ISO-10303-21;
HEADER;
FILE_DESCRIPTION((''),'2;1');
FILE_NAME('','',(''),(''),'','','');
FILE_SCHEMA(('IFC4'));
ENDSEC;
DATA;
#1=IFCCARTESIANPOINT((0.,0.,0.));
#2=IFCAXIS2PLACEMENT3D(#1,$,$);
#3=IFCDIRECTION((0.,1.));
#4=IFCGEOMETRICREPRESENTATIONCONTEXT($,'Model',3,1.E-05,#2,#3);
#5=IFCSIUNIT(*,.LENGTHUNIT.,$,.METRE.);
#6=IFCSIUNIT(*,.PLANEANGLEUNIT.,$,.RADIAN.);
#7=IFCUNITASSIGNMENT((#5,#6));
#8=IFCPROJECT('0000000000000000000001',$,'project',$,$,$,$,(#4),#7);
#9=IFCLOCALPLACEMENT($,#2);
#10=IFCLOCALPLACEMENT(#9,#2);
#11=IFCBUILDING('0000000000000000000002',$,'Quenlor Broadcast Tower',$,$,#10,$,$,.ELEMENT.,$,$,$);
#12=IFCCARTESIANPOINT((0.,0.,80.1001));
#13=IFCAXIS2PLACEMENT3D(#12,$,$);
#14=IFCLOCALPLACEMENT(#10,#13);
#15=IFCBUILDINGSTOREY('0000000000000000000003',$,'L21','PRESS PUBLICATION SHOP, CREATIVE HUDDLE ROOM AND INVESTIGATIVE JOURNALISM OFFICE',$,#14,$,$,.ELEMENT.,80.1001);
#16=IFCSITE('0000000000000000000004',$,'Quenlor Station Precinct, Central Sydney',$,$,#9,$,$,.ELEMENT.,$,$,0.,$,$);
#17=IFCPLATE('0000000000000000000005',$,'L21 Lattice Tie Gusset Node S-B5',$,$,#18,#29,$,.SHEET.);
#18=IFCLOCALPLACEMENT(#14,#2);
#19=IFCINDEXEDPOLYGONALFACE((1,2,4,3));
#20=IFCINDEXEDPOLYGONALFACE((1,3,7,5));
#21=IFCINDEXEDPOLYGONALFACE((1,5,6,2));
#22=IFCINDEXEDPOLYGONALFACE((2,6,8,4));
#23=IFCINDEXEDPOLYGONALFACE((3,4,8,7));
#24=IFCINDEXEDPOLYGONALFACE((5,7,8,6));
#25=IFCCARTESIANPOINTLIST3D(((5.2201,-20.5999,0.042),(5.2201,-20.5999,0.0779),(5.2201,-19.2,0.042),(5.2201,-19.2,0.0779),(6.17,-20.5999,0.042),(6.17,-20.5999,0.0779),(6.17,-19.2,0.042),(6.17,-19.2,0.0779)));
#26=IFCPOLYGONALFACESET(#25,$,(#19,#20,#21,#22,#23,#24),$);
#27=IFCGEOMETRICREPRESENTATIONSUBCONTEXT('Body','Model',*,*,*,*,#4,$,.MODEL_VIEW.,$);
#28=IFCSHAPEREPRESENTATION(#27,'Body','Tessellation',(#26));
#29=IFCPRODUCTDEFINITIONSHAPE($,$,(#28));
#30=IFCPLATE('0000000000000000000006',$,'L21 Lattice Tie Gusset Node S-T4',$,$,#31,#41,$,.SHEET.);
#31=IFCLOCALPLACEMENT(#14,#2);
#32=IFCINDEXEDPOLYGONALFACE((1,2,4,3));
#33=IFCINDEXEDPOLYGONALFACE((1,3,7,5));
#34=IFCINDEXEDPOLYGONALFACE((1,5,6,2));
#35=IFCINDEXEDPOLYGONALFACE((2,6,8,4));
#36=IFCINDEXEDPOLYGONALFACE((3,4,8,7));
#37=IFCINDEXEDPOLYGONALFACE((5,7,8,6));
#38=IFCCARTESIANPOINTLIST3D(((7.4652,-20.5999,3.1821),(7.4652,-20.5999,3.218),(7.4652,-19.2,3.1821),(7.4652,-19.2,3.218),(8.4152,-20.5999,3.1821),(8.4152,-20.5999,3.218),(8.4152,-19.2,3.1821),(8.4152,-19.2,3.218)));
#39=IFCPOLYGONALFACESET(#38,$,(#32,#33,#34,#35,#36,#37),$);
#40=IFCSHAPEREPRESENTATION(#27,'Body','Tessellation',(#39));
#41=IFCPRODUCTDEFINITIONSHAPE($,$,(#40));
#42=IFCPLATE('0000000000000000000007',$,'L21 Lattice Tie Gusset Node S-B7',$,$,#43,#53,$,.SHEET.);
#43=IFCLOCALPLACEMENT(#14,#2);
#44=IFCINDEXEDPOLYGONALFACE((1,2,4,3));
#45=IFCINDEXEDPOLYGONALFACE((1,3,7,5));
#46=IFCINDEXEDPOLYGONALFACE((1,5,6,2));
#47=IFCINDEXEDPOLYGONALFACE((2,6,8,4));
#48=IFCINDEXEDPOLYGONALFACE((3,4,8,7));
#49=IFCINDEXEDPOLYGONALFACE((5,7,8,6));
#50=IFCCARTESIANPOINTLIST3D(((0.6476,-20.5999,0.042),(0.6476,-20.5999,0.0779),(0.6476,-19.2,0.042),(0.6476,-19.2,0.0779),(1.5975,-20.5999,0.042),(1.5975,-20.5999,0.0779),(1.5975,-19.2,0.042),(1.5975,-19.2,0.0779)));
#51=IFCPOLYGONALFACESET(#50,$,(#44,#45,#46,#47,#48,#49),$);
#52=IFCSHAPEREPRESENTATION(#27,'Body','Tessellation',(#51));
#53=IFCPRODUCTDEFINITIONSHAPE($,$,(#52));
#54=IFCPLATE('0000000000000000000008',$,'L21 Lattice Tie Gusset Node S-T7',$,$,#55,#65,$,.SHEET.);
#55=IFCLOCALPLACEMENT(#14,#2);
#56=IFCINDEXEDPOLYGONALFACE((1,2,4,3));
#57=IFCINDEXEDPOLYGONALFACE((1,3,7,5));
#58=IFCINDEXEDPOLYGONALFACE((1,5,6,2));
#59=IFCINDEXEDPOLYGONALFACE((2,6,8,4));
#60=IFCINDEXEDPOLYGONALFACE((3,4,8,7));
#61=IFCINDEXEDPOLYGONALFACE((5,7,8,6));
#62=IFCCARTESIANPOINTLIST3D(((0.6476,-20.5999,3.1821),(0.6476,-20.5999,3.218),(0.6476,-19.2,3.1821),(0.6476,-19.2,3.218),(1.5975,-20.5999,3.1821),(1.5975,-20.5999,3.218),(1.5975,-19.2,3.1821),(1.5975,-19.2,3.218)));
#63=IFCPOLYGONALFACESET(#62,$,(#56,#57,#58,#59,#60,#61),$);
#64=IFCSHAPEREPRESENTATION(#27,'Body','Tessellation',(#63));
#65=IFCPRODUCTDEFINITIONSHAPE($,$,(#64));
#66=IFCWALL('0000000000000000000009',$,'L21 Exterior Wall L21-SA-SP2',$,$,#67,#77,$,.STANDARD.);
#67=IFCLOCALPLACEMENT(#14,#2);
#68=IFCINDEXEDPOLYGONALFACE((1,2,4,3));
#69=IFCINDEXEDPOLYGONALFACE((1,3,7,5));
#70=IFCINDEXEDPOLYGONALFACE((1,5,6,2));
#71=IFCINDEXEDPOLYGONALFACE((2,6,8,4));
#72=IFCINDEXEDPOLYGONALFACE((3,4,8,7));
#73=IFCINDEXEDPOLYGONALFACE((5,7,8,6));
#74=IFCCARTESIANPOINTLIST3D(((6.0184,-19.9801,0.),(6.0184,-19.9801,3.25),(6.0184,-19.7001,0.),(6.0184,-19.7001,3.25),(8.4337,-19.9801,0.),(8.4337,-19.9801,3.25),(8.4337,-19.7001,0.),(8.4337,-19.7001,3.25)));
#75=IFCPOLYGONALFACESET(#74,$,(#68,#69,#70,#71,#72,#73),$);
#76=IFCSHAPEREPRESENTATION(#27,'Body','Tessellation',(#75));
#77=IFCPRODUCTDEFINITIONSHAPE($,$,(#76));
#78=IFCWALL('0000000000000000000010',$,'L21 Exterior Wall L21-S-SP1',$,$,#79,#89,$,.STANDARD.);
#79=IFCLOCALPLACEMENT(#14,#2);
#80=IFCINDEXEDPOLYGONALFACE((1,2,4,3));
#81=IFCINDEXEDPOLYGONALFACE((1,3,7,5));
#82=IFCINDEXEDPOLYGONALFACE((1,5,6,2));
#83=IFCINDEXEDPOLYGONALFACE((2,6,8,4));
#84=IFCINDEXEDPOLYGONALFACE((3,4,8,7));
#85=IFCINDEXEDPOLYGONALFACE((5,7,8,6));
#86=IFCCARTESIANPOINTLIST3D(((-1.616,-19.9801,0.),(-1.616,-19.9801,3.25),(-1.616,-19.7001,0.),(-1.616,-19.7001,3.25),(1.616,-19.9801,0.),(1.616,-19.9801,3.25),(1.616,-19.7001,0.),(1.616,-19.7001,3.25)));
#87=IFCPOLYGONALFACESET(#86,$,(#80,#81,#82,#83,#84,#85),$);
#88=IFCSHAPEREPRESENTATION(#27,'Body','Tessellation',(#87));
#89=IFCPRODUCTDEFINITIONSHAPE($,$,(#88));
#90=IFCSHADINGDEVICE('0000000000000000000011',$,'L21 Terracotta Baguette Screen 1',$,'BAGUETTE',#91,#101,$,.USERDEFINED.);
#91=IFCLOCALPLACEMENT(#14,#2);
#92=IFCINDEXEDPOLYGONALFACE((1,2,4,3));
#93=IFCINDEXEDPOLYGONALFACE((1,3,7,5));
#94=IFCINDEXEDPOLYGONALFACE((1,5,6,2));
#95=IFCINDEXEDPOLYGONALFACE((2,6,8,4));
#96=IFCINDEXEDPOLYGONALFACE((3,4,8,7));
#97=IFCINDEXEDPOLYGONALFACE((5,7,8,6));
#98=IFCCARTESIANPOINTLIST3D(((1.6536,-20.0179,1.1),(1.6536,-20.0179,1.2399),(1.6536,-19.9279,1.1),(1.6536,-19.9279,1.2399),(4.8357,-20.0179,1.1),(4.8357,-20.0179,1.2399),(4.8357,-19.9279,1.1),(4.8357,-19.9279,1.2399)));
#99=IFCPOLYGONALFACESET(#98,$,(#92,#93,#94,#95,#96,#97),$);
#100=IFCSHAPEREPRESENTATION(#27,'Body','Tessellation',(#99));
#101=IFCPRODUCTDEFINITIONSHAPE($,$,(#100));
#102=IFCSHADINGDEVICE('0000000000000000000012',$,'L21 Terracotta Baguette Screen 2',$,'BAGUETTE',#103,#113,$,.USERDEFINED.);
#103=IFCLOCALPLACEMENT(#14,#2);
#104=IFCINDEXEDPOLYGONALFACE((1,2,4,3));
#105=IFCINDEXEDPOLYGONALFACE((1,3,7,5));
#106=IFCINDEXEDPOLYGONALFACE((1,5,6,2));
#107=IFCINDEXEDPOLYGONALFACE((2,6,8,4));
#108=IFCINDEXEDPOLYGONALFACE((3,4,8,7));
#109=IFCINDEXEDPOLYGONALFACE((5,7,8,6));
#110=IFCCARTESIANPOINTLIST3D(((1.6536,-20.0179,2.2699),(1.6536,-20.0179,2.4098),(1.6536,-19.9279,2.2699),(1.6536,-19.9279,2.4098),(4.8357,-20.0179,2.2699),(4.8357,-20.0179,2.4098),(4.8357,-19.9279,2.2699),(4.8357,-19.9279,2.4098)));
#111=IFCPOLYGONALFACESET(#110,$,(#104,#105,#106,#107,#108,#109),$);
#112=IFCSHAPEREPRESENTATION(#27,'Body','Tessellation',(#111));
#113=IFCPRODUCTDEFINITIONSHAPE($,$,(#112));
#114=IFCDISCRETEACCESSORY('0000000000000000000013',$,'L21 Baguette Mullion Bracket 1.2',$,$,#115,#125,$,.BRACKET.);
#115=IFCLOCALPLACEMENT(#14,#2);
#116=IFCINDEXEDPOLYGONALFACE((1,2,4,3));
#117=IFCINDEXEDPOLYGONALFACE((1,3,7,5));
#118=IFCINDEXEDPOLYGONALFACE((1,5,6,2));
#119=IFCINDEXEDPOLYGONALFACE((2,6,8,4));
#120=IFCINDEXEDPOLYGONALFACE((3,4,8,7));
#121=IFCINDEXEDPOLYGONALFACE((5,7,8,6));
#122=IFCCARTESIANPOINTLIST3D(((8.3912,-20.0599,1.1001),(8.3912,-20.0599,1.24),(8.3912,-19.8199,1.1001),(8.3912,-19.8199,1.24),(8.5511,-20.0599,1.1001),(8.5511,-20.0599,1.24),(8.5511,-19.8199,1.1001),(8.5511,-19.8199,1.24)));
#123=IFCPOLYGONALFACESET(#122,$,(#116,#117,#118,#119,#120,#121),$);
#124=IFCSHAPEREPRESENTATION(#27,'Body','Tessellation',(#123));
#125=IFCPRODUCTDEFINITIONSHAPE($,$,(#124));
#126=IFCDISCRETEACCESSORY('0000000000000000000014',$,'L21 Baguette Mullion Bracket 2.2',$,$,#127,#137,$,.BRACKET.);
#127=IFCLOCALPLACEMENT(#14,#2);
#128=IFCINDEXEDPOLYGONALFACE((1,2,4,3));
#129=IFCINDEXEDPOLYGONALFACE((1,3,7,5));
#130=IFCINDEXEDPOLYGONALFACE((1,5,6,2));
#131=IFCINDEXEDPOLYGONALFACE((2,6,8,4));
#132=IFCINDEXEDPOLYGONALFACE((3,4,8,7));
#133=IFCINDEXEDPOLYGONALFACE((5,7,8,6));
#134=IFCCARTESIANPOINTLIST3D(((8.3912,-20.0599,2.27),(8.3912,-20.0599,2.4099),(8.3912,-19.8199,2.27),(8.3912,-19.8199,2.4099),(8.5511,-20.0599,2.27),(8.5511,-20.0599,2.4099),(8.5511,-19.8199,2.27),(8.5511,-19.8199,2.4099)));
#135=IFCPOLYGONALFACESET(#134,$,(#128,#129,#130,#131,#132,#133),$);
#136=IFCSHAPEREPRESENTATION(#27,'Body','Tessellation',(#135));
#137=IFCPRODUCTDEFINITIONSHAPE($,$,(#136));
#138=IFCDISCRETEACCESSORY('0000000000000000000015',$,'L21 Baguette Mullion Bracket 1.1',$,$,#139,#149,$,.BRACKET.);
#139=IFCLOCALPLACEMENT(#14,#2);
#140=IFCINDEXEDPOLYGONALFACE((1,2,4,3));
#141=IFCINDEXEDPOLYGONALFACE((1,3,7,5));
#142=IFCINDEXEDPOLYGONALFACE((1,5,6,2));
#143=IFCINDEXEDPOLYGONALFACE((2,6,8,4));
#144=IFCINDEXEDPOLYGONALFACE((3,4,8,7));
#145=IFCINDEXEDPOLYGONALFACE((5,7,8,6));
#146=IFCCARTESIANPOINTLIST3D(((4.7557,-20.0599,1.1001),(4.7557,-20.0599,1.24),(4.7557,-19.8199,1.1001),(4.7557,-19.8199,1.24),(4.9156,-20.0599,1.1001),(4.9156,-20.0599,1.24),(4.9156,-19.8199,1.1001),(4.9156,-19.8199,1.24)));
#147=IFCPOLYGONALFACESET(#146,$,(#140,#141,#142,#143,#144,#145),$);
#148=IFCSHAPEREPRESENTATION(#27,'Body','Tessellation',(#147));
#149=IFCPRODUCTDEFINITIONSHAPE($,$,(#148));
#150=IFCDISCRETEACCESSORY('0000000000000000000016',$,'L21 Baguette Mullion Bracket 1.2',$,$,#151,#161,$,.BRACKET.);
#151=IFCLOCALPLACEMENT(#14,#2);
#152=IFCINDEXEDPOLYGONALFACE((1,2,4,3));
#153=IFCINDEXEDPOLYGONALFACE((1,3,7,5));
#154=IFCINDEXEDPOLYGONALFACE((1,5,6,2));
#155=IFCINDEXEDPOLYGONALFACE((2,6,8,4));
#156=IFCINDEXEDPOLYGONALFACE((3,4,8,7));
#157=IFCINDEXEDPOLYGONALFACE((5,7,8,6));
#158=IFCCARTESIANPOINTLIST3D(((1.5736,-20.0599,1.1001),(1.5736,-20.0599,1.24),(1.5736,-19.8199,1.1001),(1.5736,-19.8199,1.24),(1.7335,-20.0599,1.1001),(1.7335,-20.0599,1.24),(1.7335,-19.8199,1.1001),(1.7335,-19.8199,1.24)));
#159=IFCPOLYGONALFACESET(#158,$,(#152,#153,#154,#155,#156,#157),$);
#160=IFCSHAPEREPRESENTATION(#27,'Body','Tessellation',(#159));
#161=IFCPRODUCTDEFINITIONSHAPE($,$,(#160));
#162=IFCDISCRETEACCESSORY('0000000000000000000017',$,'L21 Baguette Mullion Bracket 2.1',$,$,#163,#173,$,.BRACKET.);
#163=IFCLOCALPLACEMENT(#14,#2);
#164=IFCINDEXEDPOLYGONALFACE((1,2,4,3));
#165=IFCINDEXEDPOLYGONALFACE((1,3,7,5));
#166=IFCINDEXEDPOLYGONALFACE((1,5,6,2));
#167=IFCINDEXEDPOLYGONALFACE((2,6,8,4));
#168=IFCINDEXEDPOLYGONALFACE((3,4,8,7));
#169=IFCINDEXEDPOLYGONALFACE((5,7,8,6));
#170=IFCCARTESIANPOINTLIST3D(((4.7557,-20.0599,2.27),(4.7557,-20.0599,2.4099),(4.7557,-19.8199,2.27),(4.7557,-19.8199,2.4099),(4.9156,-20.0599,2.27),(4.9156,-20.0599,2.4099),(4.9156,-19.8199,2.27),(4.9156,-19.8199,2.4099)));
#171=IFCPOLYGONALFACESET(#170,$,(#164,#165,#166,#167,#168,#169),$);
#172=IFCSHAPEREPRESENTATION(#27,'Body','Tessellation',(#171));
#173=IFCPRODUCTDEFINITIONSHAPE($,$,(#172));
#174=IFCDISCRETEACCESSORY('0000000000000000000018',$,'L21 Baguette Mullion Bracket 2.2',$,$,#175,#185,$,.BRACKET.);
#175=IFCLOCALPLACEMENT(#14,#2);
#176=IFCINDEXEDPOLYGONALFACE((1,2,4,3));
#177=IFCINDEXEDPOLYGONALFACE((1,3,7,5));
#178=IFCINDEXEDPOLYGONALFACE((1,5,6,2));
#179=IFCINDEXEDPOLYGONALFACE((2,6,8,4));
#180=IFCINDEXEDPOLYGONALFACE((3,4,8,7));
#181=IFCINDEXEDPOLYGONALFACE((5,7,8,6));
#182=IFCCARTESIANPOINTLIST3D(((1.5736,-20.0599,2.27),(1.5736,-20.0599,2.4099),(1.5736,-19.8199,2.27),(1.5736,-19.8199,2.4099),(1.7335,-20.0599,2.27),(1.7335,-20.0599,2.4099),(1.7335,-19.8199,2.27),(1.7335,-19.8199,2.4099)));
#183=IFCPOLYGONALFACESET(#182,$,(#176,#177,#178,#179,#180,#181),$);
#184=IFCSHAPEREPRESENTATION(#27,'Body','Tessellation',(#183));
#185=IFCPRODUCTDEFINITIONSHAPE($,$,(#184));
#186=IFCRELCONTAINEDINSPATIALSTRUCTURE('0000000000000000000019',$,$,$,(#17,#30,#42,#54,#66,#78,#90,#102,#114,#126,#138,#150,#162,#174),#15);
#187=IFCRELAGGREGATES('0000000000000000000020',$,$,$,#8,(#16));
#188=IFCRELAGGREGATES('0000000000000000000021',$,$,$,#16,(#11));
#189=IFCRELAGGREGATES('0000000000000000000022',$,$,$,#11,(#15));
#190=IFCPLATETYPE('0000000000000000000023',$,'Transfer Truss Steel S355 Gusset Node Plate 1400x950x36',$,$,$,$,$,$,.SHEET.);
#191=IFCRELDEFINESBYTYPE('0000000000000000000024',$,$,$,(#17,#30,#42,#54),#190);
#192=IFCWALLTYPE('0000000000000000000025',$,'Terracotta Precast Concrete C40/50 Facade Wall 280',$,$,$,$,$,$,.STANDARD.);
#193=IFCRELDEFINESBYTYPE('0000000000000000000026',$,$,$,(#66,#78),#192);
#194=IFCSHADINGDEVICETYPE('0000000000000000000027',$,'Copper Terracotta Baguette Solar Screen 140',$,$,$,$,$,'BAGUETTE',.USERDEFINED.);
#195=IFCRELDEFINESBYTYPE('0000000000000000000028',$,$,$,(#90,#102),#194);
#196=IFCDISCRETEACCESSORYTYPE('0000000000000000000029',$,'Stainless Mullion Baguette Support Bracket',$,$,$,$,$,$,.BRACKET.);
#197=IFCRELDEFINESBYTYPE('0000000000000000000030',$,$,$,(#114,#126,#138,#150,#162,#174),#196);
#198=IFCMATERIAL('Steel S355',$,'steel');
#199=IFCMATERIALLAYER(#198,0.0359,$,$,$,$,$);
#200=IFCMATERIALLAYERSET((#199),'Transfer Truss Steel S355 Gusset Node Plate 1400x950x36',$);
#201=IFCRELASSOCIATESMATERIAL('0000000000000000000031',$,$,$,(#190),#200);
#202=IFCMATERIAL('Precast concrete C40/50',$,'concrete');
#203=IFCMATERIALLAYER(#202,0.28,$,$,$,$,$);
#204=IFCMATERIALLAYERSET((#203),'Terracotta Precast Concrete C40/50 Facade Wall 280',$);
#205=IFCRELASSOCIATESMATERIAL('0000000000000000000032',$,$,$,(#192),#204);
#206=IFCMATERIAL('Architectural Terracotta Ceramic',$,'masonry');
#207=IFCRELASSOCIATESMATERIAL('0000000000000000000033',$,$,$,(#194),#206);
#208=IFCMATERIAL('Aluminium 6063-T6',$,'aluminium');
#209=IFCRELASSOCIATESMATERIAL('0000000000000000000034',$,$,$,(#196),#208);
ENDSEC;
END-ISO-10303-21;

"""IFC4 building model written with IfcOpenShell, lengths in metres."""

from ifc_helpers import new_model, si_unit, direction, frame, frame_2d, origin, origin_2d, place, context, subcontext, project, spatial, rectangle, extrude, material, layer, layer_set, material_profile, profile_set, type_object, element, save


model = new_model("IFC4")

# Units and contexts
model_context = context("Model", 3, precision=1e-05, world=origin(), true_north=direction((0.0, 1.0)))
body_context = subcontext(model_context, "Body", "Model", "MODEL_VIEW")
ifc_project = project(units=[si_unit("LENGTHUNIT", "METRE"), si_unit("PLANEANGLEUNIT", "RADIAN")], contexts=[model_context])

# Site, building, storey
site_placement = place(None, origin())
site = spatial("IfcSite", under=ifc_project, at=site_placement, Name="Quenlor Station Precinct, Central Sydney", CompositionType="ELEMENT", RefElevation=0.0)
building_placement = place(site_placement, origin())
building = spatial("IfcBuilding", under=site, at=building_placement, Name="Quenlor Broadcast Tower", CompositionType="ELEMENT")
storey_placement = place(building_placement, frame((0.0, 0.0, 80.1001)))
storey = spatial("IfcBuildingStorey", under=building, at=storey_placement, Name="L21", Description="PRESS PUBLICATION SHOP, CREATIVE HUDDLE ROOM AND INVESTIGATIVE JOURNALISM OFFICE", CompositionType="ELEMENT", Elevation=80.1001)

# Plates
ifc_material_1 = material(Name="Steel S355", Category="steel")
ifc_layer_1 = layer(ifc_material_1, 0.0359)
ifc_layer_set_1 = layer_set([ifc_layer_1], Name="Transfer Truss Steel S355 Gusset Node Plate 1400x950x36")
plate_type_1 = type_object("IfcPlateType", Name="Transfer Truss Steel S355 Gusset Node Plate 1400x950x36", PredefinedType="SHEET", material=ifc_layer_set_1)
for number, where, z_axis, x_axis, name in (
    (1, (5.6951, -19.8999, 0.042), (0.0, 0.0, 1.0), (0.0, -1.0, 0.0), "L21 Lattice Tie Gusset Node S-B5"),
    (2, (7.9402, -19.8999, 3.1821), (0.0, 0.0, 1.0), (0.0, -1.0, 0.0), "L21 Lattice Tie Gusset Node S-T4"),
    (3, (1.1226, -19.8999, 0.042), (0.0, 0.0, 1.0), (0.0, -1.0, 0.0), "L21 Lattice Tie Gusset Node S-B7"),
    (4, (1.1226, -19.8999, 3.1821), (0.0, 0.0, 1.0), (0.0, -1.0, 0.0), "L21 Lattice Tie Gusset Node S-T7"),
):
    element("IfcPlate", number, at=place(storey_placement, frame(where, z_axis=z_axis, x_axis=x_axis)), inside=storey, type_object=plate_type_1, Name=name, PredefinedType="SHEET", context=body_context, shape_type="SweptSolid", body=[
        extrude(rectangle(XDim=1.3999, YDim=0.95, at=origin_2d()), origin(), (0.0, 0.0, 1.0), 0.0359),
    ])

# Walls
ifc_material_2 = material(Name="Precast concrete C40/50", Category="concrete")
ifc_layer_2 = layer(ifc_material_2, 0.28)
ifc_layer_set_2 = layer_set([ifc_layer_2], Name="Terracotta Precast Concrete C40/50 Facade Wall 280")
wall_type = type_object("IfcWallType", Name="Terracotta Precast Concrete C40/50 Facade Wall 280", PredefinedType="STANDARD", material=ifc_layer_set_2)
wall_1_placement = place(storey_placement, frame((8.4336, -19.8401, 0.0), z_axis=(0.0, 0.0, 1.0), x_axis=(-1.0, 0.0, 0.0)))
element("IfcWall", 5, at=wall_1_placement, inside=storey, type_object=wall_type, Name="L21 Exterior Wall L21-SA-SP2", PredefinedType="STANDARD", context=body_context, shape_type="SweptSolid", body=[
    extrude(rectangle(XDim=2.4153, YDim=0.28, at=frame_2d((1.2075, 0.0))), origin(), (0.0, 0.0, 1.0), 3.25),
])
wall_2_placement = place(storey_placement, frame((1.616, -19.8401, 0.0), z_axis=(0.0, 0.0, 1.0), x_axis=(-1.0, 0.0, 0.0)))
element("IfcWall", 6, at=wall_2_placement, inside=storey, type_object=wall_type, Name="L21 Exterior Wall L21-S-SP1", PredefinedType="STANDARD", context=body_context, shape_type="SweptSolid", body=[
    extrude(rectangle(XDim=3.2319, YDim=0.28, at=frame_2d((1.616, 0.0))), origin(), (0.0, 0.0, 1.0), 3.25),
])

# Shading devices
ifc_material_3 = material(Name="Architectural Terracotta Ceramic", Category="masonry")
ifc_material_profile_1 = material_profile(ifc_material_3, rectangle(XDim=0.0901, YDim=0.1399, at=origin_2d()))
ifc_profile_set_1 = profile_set([ifc_material_profile_1], Name="Architectural Terracotta Ceramic BAG90x140")
shading_device_type = type_object("IfcShadingDeviceType", Name="Copper Terracotta Baguette Solar Screen 140", ElementType="BAGUETTE", PredefinedType="USERDEFINED", material=ifc_profile_set_1)
for number, where, z_axis, x_axis, name in (
    (7, (4.8357, -19.9729, 1.1699), (-1.0, 0.0, 0.0), (0.0, -1.0, 0.0), "L21 Terracotta Baguette Screen 1"),
    (8, (4.8357, -19.9729, 2.3398), (-1.0, 0.0, 0.0), (0.0, -1.0, 0.0), "L21 Terracotta Baguette Screen 2"),
):
    element("IfcShadingDevice", number, at=place(storey_placement, frame(where, z_axis=z_axis, x_axis=x_axis)), inside=storey, type_object=shading_device_type, Name=name, ObjectType="BAGUETTE", PredefinedType="USERDEFINED", context=body_context, shape_type="SweptSolid", body=[
        extrude(rectangle(XDim=0.0901, YDim=0.1399, at=origin_2d()), origin(), (0.0, 0.0, 1.0), 3.1821),
    ])

# Discrete accessories
ifc_material_4 = material(Name="Aluminium 6063-T6", Category="aluminium")
discrete_accessory_type = type_object("IfcDiscreteAccessoryType", Name="Stainless Mullion Baguette Support Bracket", PredefinedType="BRACKET", material=ifc_material_4)
for number, where, z_axis, x_axis, name in (
    (9, (8.4712, -19.9399, 1.1001), (0.0, 0.0, 1.0), (-1.0, 0.0, 0.0), "L21 Baguette Mullion Bracket 1.2"),
    (10, (8.4712, -19.9399, 2.27), (0.0, 0.0, 1.0), (-1.0, 0.0, 0.0), "L21 Baguette Mullion Bracket 2.2"),
    (11, (4.8357, -19.9399, 1.1001), (0.0, 0.0, 1.0), (-1.0, 0.0, 0.0), "L21 Baguette Mullion Bracket 1.1"),
    (12, (1.6536, -19.9399, 1.1001), (0.0, 0.0, 1.0), (-1.0, 0.0, 0.0), "L21 Baguette Mullion Bracket 1.2"),
    (13, (4.8357, -19.9399, 2.27), (0.0, 0.0, 1.0), (-1.0, 0.0, 0.0), "L21 Baguette Mullion Bracket 2.1"),
    (14, (1.6536, -19.9399, 2.27), (0.0, 0.0, 1.0), (-1.0, 0.0, 0.0), "L21 Baguette Mullion Bracket 2.2"),
):
    element("IfcDiscreteAccessory", number, at=place(storey_placement, frame(where, z_axis=z_axis, x_axis=x_axis)), inside=storey, type_object=discrete_accessory_type, Name=name, PredefinedType="BRACKET", context=body_context, shape_type="SweptSolid", body=[
        extrude(rectangle(XDim=0.1599, YDim=0.24, at=origin_2d()), origin(), (0.0, 0.0, 1.0), 0.1399),
    ])

save(model, "model.ifc")
